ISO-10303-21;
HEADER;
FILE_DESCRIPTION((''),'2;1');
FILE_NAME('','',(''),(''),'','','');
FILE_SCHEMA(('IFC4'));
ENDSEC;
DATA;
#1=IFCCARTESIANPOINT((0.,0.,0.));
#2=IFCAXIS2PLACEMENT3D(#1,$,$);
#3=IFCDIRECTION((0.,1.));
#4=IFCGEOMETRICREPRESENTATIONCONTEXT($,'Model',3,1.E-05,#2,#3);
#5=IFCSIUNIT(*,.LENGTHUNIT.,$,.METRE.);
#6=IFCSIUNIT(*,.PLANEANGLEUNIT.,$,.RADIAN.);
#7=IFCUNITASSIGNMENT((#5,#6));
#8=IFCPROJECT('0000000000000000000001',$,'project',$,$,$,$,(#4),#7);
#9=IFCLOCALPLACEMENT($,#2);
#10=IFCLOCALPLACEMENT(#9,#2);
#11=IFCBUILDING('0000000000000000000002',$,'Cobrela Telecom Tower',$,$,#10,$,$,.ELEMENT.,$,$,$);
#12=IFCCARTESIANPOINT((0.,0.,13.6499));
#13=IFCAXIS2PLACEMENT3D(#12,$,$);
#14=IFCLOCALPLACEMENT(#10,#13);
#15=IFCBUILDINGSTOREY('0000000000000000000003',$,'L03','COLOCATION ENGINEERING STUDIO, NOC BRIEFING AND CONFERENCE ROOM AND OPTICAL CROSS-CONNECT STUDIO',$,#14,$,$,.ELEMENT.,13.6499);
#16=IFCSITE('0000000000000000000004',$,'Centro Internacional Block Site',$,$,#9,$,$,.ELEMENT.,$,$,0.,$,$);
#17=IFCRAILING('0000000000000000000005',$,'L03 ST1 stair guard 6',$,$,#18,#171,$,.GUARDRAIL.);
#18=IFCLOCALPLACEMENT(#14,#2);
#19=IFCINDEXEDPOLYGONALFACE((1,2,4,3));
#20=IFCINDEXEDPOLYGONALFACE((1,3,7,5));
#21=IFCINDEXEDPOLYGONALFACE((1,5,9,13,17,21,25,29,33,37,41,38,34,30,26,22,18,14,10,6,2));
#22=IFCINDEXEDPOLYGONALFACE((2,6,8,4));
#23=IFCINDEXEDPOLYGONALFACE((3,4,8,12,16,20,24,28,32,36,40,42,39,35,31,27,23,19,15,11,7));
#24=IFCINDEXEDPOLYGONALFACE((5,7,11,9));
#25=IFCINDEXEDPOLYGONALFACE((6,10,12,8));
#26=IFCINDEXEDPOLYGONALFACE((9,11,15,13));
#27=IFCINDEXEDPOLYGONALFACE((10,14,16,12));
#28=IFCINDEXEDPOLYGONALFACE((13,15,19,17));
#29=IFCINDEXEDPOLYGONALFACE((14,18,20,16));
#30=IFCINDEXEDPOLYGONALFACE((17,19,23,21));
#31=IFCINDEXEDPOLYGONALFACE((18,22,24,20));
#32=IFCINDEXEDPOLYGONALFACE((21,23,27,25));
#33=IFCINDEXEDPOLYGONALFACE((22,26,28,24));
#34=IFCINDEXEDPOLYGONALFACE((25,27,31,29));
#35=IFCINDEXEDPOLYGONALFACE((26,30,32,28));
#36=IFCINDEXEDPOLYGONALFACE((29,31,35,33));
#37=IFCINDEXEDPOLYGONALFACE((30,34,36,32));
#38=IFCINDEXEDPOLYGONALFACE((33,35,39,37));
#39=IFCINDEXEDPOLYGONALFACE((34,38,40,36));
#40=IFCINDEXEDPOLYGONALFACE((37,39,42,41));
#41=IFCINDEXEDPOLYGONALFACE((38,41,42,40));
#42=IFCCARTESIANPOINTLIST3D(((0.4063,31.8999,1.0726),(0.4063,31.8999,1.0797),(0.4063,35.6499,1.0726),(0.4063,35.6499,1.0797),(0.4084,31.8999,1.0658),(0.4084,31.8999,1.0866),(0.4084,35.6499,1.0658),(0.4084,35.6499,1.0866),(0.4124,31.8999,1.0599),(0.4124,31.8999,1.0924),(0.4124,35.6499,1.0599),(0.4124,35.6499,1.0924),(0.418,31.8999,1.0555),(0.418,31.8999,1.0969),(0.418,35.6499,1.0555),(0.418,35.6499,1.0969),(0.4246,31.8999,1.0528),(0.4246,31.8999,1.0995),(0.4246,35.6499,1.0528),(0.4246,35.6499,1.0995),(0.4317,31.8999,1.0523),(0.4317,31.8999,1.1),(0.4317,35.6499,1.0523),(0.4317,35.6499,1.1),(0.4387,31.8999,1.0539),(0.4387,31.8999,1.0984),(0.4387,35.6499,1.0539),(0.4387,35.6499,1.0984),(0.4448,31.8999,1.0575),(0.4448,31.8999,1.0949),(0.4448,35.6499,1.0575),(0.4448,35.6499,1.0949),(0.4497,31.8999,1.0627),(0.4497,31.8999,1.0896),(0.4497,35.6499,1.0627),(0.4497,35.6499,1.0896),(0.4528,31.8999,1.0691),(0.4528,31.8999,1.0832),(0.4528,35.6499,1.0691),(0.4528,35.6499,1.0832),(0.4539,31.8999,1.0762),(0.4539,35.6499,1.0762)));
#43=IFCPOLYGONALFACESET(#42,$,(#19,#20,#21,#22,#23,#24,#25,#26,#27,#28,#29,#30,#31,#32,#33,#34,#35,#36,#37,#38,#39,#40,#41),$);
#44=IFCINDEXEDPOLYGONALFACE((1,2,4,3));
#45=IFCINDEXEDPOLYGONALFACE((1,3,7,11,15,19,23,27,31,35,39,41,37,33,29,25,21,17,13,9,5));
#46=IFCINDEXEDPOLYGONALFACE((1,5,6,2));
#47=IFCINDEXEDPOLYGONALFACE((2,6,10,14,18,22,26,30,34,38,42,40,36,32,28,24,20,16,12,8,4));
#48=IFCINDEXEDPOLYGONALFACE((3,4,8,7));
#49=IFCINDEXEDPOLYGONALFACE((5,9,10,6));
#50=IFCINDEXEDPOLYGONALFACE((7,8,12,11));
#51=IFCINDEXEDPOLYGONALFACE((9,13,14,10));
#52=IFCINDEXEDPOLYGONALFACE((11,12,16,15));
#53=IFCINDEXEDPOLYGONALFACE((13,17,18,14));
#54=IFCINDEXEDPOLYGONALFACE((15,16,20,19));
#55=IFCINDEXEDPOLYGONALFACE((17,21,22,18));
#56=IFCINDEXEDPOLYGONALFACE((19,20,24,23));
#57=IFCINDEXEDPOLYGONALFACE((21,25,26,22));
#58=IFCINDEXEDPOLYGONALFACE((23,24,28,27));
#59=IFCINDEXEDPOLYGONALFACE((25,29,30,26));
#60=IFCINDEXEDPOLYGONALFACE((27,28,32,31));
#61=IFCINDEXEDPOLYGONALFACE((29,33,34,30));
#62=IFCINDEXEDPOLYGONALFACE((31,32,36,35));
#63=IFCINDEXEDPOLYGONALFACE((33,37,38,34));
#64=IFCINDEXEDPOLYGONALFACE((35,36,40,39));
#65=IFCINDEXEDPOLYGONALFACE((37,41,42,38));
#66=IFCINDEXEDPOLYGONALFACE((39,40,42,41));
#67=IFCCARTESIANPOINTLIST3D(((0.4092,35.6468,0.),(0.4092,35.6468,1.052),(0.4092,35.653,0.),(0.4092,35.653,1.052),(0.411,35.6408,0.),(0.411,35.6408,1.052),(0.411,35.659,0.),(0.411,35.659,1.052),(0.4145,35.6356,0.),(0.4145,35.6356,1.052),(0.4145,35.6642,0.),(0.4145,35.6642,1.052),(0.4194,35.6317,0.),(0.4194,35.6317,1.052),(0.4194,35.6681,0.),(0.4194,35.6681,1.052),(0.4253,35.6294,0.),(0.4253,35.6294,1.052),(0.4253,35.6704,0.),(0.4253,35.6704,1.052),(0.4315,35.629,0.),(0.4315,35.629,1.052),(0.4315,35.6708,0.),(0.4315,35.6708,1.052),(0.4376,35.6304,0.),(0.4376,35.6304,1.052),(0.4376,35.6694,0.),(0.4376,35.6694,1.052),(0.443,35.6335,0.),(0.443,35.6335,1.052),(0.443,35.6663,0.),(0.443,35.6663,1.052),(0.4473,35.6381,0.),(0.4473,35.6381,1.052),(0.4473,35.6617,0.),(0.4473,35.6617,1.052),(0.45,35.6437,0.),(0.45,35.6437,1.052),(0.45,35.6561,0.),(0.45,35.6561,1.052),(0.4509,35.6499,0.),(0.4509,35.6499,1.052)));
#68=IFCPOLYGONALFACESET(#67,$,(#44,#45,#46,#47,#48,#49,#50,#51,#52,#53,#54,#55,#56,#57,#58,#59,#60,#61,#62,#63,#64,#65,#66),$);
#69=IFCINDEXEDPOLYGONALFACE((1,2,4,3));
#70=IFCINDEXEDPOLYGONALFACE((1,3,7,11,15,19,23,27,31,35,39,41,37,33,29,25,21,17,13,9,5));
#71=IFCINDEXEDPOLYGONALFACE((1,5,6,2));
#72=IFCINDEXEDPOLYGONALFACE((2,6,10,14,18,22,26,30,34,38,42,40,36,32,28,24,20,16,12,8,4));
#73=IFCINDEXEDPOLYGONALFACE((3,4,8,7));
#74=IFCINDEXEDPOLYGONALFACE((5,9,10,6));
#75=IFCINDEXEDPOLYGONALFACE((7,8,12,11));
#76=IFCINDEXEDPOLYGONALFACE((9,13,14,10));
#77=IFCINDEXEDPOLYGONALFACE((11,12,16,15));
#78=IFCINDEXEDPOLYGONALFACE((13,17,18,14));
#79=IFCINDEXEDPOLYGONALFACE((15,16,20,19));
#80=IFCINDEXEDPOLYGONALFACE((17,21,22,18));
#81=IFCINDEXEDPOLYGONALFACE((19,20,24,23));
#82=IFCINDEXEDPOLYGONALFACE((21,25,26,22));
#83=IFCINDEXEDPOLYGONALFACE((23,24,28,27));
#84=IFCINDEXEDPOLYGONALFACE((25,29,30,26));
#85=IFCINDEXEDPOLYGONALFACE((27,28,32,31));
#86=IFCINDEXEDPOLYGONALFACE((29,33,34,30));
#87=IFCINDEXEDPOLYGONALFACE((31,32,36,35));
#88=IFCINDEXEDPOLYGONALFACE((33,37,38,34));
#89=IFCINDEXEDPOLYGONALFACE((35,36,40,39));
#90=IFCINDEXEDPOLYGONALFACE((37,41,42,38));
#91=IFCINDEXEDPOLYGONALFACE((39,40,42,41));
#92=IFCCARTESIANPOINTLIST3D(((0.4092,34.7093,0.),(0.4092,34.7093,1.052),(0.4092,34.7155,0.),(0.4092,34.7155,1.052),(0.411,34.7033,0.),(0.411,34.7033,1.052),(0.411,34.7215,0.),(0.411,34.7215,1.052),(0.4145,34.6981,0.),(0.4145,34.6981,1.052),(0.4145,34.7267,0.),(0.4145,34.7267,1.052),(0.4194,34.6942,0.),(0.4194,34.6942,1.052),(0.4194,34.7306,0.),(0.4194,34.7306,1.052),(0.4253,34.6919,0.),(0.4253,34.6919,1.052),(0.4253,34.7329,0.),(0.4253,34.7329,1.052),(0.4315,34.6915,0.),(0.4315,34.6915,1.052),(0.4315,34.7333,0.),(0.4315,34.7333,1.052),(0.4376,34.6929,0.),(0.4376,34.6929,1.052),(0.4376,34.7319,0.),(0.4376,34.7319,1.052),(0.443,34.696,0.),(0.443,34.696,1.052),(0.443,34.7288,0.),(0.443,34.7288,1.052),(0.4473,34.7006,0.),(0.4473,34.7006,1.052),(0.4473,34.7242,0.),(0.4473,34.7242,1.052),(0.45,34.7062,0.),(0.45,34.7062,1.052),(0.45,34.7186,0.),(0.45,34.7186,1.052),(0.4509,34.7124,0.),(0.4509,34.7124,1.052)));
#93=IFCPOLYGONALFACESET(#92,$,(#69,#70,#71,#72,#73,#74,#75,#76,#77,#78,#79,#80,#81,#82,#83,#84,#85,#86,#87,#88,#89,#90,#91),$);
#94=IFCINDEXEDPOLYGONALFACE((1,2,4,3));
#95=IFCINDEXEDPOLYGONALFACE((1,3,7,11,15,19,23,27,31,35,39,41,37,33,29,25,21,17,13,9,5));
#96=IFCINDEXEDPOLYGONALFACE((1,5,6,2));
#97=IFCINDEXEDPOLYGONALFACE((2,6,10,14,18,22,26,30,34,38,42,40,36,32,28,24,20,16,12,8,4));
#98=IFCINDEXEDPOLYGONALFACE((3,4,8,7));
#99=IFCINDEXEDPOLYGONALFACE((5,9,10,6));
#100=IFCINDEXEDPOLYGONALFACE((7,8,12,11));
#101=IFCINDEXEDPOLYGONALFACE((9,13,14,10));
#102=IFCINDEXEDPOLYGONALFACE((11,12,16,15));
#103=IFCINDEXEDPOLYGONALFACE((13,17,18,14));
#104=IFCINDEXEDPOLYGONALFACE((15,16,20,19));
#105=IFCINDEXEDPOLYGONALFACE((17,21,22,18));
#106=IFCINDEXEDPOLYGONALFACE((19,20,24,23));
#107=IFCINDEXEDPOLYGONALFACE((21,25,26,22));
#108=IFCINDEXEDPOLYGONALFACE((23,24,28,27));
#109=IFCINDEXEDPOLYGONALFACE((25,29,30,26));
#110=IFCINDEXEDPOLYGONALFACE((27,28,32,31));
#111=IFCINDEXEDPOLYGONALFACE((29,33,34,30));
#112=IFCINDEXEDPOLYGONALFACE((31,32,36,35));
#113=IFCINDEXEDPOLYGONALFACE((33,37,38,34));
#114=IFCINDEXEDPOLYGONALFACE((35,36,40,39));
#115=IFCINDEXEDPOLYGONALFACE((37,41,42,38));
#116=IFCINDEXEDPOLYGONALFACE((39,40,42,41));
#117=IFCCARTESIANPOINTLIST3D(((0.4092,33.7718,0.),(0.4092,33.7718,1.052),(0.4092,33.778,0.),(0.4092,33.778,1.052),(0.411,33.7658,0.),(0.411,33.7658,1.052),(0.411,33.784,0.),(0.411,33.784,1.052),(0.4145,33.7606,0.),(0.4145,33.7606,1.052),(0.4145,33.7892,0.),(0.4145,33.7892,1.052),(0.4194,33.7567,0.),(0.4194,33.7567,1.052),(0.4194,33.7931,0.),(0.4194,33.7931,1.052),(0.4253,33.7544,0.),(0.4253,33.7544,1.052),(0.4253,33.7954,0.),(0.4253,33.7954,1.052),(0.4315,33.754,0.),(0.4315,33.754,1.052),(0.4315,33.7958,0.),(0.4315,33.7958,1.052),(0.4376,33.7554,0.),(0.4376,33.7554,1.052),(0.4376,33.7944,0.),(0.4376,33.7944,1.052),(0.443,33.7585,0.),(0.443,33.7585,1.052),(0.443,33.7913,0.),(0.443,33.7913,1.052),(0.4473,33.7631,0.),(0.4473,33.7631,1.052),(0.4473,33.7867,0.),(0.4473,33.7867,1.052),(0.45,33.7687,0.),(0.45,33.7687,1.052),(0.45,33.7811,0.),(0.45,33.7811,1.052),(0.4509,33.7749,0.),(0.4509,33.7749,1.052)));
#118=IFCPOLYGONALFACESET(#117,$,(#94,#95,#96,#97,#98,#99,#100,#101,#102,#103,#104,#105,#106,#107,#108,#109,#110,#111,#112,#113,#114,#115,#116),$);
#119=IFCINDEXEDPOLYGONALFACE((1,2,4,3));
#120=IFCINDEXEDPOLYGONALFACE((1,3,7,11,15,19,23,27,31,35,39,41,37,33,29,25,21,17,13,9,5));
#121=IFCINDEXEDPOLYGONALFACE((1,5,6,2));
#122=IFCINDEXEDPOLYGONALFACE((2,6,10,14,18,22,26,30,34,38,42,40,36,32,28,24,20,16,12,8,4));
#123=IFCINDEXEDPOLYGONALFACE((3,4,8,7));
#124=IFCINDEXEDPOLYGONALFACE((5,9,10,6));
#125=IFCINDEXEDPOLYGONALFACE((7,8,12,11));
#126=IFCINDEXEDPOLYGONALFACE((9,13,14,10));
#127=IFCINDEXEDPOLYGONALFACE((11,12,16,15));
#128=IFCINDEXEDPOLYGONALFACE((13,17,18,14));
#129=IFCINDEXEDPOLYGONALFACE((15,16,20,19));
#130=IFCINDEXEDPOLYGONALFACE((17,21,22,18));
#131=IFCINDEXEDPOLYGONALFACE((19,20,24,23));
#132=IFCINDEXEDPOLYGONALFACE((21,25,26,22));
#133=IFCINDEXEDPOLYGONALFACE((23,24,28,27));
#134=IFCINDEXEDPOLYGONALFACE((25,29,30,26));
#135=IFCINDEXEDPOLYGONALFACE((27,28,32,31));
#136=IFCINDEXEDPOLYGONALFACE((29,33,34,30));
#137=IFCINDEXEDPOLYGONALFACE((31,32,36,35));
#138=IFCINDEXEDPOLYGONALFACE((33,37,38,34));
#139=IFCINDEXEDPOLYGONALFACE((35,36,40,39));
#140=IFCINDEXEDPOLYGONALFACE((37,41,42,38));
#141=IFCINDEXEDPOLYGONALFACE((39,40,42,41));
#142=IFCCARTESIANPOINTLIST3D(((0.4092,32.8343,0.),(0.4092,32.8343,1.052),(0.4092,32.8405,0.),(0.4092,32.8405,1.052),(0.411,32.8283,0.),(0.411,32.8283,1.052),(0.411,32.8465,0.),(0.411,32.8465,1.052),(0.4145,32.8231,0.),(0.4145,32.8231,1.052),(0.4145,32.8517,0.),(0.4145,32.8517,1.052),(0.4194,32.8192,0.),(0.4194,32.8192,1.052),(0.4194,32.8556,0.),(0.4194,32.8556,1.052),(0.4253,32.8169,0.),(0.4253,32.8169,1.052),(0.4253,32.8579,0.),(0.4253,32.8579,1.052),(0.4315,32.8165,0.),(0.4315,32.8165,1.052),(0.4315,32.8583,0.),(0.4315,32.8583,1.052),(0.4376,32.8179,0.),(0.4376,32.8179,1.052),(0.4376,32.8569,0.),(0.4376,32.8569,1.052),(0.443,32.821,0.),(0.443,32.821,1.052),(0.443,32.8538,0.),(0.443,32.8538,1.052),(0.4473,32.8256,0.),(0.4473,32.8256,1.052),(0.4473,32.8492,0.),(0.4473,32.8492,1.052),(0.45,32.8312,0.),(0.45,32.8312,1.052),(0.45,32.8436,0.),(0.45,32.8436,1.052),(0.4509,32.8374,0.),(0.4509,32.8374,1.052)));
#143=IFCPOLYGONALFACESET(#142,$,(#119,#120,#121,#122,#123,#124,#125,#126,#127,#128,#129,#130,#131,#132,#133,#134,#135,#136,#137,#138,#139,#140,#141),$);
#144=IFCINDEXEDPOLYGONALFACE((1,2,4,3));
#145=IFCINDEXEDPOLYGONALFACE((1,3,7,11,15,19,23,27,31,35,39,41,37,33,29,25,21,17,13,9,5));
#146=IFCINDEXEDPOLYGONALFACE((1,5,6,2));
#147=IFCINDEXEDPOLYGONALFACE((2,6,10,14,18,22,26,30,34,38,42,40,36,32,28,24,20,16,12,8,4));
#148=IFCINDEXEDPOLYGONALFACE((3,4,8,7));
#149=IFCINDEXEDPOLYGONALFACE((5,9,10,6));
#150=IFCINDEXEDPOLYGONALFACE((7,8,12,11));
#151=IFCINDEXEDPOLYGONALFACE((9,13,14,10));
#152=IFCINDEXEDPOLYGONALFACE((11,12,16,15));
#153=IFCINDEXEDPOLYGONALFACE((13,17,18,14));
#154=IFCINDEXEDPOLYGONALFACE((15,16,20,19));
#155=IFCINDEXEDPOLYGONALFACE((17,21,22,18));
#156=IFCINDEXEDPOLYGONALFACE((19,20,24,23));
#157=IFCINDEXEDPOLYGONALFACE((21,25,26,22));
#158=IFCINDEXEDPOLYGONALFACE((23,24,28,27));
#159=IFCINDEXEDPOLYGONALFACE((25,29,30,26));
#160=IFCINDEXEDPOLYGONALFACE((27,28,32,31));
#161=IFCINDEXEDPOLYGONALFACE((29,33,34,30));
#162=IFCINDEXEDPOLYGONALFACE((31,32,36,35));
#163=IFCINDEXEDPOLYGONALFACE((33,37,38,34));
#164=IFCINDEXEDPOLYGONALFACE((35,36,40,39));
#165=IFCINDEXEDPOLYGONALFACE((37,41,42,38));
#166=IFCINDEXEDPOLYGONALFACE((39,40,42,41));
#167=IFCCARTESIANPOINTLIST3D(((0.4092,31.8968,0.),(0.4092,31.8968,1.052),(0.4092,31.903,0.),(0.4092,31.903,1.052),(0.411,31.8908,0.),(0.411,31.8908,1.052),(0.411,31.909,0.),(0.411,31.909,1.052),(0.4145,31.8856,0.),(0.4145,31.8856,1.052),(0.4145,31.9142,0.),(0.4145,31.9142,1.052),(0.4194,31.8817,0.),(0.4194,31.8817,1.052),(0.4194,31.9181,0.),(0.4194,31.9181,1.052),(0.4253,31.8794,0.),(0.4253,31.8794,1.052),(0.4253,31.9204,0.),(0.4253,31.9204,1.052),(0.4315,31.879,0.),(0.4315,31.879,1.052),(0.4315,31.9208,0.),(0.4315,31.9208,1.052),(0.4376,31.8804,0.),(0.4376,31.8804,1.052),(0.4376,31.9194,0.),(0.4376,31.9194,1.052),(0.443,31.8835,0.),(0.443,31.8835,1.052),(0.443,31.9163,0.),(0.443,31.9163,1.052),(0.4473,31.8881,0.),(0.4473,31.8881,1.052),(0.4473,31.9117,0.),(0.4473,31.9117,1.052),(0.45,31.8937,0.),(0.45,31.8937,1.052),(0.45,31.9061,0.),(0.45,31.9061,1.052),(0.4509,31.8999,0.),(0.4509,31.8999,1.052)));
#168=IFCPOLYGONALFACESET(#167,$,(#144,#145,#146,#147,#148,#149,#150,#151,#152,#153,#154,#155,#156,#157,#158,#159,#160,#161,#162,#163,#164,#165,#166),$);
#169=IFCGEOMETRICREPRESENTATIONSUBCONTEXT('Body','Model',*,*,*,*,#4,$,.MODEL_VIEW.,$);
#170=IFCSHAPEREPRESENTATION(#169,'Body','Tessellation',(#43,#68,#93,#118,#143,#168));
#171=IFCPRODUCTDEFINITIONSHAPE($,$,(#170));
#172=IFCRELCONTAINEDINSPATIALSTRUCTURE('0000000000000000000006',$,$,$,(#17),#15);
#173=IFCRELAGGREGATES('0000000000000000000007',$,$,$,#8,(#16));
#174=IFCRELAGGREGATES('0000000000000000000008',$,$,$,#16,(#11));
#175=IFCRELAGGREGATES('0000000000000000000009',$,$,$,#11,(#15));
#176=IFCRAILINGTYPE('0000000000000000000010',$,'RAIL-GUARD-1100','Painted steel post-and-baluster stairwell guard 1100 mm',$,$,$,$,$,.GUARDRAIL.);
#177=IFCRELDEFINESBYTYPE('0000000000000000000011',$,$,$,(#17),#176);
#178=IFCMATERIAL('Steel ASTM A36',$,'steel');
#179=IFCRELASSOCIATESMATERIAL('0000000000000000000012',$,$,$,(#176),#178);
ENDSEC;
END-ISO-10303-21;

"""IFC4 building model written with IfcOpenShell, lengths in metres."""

from ifc_helpers import new_model, si_unit, direction, frame, origin, origin_2d, place, context, subcontext, project, spatial, circle, extrude, material, type_object, element, save


model = new_model("IFC4")

# Units and contexts
model_context = context("Model", 3, precision=1e-05, world=origin(), true_north=direction((0.0, 1.0)))
body_context = subcontext(model_context, "Body", "Model", "MODEL_VIEW")
ifc_project = project(units=[si_unit("LENGTHUNIT", "METRE"), si_unit("PLANEANGLEUNIT", "RADIAN")], contexts=[model_context])

# Site, building, storey
site_placement = place(None, origin())
site = spatial("IfcSite", under=ifc_project, at=site_placement, Name="Centro Internacional Block Site", CompositionType="ELEMENT", RefElevation=0.0)
building_placement = place(site_placement, origin())
building = spatial("IfcBuilding", under=site, at=building_placement, Name="Cobrela Telecom Tower", CompositionType="ELEMENT")
storey_placement = place(building_placement, frame((0.0, 0.0, 13.6499)))
storey = spatial("IfcBuildingStorey", under=building, at=storey_placement, Name="L03", Description="COLOCATION ENGINEERING STUDIO, NOC BRIEFING AND CONFERENCE ROOM AND OPTICAL CROSS-CONNECT STUDIO", CompositionType="ELEMENT", Elevation=13.6499)

# Shared definitions
ifc_material_1 = material(Name="Steel ASTM A36", Category="steel")

# Railing
railing_type_1 = type_object("IfcRailingType", Name="RAIL-GUARD-1100", Description="Painted steel post-and-baluster stairwell guard 1100 mm", PredefinedType="GUARDRAIL", material=ifc_material_1)
railing_1_placement = place(storey_placement, frame((0.4299, 35.6499, 0.0)))
element("IfcRailing", 1, at=railing_1_placement, inside=storey, type_object=railing_type_1, Name="L03 ST1 stair guard 6", PredefinedType="GUARDRAIL", context=body_context, shape_type="SweptSolid", body=[
    extrude(circle(Radius=0.0239, at=origin_2d()), frame((0.0, 0.0, 1.0762), z_axis=(0.0, -1.0, 0.0), x_axis=(1.0, 0.0, 0.0)), (0.0, 0.0, 1.0), 3.75),
    extrude(circle(Radius=0.021, at=origin_2d()), origin(), (0.0, 0.0, 1.0), 1.052),
    extrude(circle(Radius=0.021, at=origin_2d()), frame((0.0, -0.9375, 0.0)), (0.0, 0.0, 1.0), 1.052),
    extrude(circle(Radius=0.021, at=origin_2d()), frame((0.0, -1.875, 0.0)), (0.0, 0.0, 1.0), 1.052),
    extrude(circle(Radius=0.021, at=origin_2d()), frame((0.0, -2.8125, 0.0)), (0.0, 0.0, 1.0), 1.052),
    extrude(circle(Radius=0.021, at=origin_2d()), frame((0.0, -3.75, 0.0)), (0.0, 0.0, 1.0), 1.052),
])

save(model, "model.ifc")
